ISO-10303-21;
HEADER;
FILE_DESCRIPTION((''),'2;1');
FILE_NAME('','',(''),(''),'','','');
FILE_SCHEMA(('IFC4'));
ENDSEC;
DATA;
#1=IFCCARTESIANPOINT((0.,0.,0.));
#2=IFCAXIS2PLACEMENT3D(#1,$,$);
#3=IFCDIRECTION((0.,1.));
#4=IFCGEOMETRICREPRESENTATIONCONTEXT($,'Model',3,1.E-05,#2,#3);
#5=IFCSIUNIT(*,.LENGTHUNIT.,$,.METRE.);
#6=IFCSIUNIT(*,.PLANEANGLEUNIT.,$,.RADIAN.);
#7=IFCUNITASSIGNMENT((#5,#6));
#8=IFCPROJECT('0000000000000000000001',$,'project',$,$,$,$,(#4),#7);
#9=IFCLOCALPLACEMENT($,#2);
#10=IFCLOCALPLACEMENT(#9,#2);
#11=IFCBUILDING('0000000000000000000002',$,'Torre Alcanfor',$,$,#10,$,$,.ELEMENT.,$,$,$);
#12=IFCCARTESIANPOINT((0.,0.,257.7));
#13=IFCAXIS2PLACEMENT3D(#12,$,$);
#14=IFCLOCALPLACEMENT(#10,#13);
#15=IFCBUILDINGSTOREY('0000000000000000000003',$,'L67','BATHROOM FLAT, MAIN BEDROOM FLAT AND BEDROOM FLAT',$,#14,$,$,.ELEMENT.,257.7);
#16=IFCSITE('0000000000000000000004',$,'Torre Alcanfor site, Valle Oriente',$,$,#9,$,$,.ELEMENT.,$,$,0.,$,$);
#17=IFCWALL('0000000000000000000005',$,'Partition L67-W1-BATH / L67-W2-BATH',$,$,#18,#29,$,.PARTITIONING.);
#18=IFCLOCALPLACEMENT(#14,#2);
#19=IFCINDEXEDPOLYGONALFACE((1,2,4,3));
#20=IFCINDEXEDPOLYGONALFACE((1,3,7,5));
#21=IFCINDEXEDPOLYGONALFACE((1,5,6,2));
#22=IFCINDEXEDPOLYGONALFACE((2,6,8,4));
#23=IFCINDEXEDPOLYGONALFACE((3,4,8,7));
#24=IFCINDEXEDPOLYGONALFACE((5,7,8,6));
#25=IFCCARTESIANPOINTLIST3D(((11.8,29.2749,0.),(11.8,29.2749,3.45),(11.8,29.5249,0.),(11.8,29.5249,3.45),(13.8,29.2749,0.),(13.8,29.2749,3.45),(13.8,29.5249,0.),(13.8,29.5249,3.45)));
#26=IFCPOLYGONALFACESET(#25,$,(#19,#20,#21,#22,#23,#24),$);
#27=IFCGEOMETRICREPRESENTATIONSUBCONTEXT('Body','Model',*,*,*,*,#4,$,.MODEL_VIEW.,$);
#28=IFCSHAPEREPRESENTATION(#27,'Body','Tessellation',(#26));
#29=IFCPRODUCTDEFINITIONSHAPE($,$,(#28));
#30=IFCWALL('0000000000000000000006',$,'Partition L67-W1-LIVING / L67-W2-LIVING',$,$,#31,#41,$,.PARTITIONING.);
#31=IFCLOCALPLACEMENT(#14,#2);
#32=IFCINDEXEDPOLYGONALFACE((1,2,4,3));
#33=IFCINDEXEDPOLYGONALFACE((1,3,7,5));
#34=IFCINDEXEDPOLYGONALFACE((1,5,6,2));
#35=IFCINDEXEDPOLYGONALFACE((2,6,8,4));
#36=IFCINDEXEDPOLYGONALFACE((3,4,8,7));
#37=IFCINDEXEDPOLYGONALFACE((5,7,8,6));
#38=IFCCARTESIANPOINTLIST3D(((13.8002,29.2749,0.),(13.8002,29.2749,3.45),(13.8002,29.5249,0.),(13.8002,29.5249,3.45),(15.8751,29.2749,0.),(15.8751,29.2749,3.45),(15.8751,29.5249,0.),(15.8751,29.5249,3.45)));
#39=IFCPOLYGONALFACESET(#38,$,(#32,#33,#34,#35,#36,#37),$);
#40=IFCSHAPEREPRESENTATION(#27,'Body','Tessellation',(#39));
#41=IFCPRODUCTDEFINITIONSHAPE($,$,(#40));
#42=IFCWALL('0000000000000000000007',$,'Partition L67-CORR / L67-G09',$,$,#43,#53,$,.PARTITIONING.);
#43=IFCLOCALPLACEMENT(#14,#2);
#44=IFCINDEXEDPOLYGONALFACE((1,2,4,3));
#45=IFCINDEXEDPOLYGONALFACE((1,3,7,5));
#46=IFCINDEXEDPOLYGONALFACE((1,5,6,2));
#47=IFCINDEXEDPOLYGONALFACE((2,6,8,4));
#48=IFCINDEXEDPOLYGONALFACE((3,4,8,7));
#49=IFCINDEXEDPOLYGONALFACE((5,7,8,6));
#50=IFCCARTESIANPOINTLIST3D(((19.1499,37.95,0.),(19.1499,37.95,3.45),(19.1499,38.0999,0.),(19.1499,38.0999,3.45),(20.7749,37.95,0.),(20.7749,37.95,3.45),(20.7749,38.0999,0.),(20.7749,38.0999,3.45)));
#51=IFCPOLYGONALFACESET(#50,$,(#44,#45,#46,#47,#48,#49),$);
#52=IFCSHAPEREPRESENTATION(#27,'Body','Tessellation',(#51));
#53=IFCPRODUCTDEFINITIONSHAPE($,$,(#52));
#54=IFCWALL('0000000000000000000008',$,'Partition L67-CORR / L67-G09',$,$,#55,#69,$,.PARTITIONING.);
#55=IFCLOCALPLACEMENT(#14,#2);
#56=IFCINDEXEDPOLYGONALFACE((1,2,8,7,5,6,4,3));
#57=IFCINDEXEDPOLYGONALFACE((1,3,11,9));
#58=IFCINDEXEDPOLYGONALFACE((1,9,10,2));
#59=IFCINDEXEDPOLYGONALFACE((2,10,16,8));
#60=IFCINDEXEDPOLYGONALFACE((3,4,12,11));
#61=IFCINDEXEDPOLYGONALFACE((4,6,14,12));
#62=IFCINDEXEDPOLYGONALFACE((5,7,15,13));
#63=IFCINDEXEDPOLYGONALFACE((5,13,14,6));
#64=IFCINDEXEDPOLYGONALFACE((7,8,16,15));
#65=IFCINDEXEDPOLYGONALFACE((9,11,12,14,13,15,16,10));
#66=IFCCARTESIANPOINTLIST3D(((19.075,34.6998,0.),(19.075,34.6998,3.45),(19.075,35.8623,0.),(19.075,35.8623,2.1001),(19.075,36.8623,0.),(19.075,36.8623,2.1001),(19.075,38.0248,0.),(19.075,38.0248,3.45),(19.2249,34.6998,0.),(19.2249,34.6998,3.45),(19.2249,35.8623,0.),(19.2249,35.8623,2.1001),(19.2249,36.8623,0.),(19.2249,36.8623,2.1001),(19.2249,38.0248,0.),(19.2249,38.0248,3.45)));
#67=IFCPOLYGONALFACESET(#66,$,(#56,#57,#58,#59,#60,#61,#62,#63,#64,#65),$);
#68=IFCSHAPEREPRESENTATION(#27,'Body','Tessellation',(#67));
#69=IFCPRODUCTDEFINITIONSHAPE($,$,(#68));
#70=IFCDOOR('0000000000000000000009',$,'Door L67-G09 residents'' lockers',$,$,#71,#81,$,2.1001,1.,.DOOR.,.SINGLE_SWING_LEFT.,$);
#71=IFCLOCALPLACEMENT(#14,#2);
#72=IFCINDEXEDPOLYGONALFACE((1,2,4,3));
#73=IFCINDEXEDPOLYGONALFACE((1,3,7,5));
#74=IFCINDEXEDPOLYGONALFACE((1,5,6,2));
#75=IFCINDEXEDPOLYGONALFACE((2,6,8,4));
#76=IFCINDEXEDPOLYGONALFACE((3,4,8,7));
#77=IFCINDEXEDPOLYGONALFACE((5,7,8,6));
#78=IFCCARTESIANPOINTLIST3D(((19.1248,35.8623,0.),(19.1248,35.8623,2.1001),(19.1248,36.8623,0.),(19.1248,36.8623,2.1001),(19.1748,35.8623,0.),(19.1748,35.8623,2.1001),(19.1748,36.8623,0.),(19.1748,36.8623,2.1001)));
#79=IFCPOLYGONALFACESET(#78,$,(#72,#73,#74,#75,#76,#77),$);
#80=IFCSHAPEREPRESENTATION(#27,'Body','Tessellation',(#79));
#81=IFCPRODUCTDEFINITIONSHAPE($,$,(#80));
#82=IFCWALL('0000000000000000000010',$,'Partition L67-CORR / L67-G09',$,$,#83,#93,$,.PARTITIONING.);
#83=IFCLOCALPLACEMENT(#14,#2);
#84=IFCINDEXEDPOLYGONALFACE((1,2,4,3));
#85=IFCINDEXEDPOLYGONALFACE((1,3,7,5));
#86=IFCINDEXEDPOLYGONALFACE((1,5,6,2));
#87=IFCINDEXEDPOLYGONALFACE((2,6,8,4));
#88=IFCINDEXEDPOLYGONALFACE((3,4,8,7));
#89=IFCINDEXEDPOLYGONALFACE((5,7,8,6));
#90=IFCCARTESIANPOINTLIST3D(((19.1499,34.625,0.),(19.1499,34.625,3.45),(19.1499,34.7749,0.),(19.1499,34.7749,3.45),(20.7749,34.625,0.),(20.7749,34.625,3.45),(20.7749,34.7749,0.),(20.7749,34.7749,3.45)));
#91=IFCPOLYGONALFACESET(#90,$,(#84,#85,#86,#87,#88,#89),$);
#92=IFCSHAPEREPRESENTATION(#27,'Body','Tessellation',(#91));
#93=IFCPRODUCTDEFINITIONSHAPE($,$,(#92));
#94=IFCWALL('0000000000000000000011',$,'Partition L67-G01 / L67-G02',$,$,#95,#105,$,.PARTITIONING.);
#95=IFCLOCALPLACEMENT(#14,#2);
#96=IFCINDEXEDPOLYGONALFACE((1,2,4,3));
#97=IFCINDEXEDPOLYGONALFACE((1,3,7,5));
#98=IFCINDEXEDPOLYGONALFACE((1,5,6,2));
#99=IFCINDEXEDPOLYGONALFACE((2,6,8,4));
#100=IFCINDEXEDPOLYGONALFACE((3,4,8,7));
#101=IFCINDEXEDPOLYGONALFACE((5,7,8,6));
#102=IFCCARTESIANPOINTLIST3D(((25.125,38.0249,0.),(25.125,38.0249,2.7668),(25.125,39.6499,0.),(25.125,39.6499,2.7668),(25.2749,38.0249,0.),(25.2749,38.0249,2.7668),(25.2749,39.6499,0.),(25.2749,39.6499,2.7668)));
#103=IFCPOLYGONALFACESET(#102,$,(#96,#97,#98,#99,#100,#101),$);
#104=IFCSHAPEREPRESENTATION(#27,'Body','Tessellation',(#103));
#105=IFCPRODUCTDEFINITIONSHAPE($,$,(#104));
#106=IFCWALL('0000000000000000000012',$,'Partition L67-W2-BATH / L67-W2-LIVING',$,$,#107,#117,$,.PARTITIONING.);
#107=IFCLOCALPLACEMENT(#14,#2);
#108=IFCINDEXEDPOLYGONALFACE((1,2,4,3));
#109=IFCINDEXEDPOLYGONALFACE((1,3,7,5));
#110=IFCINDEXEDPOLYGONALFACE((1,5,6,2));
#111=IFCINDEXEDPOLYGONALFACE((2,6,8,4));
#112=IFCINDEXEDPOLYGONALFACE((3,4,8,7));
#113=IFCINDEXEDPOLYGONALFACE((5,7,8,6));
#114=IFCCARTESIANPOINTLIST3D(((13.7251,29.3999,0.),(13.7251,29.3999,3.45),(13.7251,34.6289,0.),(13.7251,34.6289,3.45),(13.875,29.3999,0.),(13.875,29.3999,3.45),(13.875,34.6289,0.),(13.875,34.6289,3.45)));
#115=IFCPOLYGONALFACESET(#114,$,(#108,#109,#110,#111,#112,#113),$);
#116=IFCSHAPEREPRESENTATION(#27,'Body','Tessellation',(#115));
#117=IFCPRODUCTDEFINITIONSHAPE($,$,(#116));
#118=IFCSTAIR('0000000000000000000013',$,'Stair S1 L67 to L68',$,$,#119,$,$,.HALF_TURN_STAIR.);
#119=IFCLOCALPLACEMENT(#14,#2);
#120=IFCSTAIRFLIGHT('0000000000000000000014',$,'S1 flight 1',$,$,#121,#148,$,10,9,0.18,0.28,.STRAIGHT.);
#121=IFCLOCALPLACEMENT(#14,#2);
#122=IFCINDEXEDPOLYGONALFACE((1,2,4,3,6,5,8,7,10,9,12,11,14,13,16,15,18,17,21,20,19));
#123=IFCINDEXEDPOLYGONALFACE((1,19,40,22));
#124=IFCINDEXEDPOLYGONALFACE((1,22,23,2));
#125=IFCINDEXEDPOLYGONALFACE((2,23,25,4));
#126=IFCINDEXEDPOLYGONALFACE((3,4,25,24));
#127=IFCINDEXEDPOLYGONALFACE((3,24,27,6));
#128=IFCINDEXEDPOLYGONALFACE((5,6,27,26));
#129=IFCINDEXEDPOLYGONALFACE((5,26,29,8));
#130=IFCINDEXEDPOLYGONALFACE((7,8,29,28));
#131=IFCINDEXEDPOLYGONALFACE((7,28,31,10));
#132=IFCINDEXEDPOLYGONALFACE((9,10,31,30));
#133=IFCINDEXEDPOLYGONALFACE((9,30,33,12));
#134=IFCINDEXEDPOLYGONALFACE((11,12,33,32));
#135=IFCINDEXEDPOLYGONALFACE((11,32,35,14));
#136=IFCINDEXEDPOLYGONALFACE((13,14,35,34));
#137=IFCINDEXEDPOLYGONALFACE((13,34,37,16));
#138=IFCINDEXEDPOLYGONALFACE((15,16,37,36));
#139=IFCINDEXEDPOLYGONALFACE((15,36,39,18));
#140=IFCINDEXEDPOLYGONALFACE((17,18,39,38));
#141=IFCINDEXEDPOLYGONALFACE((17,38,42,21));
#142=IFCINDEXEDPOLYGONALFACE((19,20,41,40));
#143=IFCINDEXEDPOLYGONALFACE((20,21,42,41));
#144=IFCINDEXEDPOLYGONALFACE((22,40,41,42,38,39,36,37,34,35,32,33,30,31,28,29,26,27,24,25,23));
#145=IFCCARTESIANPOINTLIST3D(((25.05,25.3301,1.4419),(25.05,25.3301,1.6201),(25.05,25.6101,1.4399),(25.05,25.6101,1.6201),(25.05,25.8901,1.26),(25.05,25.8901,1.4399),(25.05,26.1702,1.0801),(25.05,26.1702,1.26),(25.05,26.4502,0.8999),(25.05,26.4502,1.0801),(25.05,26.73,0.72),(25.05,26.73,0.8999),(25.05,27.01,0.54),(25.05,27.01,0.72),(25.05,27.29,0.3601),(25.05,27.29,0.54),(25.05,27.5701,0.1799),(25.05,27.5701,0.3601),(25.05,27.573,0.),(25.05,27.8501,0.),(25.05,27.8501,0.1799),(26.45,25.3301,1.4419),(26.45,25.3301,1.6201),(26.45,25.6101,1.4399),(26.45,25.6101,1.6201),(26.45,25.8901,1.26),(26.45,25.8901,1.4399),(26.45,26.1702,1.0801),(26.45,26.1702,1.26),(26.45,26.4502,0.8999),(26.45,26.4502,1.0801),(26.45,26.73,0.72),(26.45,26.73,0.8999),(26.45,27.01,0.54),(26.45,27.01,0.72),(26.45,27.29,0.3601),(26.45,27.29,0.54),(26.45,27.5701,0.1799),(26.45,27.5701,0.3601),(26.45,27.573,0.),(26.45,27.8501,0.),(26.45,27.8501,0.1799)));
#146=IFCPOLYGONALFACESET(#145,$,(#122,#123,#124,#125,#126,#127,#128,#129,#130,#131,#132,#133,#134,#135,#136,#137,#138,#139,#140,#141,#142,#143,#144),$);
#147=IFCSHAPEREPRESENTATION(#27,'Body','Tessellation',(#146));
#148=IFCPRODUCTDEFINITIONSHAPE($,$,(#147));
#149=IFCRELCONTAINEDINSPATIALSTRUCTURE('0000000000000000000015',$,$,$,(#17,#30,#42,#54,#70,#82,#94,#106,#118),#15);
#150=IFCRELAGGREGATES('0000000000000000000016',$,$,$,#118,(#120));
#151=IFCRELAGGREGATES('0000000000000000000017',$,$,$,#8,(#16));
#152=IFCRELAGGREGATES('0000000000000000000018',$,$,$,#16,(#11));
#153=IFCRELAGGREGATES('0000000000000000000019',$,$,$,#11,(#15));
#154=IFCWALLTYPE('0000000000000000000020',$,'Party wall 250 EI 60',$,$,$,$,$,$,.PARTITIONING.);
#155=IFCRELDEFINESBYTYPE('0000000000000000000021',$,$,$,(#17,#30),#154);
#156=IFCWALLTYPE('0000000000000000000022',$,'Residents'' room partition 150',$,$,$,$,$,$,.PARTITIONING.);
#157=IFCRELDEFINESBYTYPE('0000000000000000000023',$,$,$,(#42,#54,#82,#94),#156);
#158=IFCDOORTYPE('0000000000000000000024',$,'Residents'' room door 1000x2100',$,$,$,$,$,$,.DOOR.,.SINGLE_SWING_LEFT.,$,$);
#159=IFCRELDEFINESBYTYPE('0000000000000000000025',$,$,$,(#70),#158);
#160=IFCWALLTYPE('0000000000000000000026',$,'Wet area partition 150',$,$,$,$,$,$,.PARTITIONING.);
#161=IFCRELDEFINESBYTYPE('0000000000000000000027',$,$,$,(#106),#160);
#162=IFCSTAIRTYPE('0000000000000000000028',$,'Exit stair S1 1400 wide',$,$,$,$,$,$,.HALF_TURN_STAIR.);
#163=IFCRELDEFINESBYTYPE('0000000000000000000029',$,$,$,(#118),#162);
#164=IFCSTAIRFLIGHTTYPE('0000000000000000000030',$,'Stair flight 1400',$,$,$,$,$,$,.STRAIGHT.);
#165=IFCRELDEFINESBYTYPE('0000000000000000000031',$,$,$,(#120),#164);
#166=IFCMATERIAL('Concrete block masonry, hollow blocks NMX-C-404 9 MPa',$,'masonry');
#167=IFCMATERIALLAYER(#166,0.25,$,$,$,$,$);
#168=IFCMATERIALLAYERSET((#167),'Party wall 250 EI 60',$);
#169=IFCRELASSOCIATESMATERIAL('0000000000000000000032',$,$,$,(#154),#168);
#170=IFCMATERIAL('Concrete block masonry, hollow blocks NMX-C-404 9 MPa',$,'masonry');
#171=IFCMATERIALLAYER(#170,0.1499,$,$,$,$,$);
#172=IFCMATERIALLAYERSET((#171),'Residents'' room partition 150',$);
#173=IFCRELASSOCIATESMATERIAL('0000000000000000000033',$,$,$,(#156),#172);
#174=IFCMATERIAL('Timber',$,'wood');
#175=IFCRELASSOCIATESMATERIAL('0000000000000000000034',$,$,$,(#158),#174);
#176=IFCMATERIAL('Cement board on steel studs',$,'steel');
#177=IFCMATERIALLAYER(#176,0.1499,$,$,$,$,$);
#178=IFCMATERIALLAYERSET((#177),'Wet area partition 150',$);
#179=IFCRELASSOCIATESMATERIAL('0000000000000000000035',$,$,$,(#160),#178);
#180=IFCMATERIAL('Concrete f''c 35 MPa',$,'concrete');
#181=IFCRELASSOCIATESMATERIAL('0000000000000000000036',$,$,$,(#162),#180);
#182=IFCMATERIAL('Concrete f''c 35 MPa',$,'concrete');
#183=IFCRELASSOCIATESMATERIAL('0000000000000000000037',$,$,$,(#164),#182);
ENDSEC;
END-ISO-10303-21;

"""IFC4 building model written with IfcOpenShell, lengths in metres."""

from ifc_helpers import new_model, si_unit, direction, frame, frame_2d, origin, place, context, subcontext, project, spatial, polyline, rectangle, outline, extrude, material, layer, layer_set, type_object, element, fill, aggregate, save


model = new_model("IFC4")

# Units and contexts
model_context = context("Model", 3, precision=1e-05, world=origin(), true_north=direction((0.0, 1.0)))
body_context = subcontext(model_context, "Body", "Model", "MODEL_VIEW")
ifc_project = project(units=[si_unit("LENGTHUNIT", "METRE"), si_unit("PLANEANGLEUNIT", "RADIAN")], contexts=[model_context])

# Site, building, storey
site_placement = place(None, origin())
site = spatial("IfcSite", under=ifc_project, at=site_placement, Name="Torre Alcanfor site, Valle Oriente", CompositionType="ELEMENT", RefElevation=0.0)
building_placement = place(site_placement, origin())
building = spatial("IfcBuilding", under=site, at=building_placement, Name="Torre Alcanfor", CompositionType="ELEMENT")
storey_placement = place(building_placement, frame((0.0, 0.0, 257.7)))
storey = spatial("IfcBuildingStorey", under=building, at=storey_placement, Name="L67", Description="BATHROOM FLAT, MAIN BEDROOM FLAT AND BEDROOM FLAT", CompositionType="ELEMENT", Elevation=257.7)

# Walls
ifc_material_1 = material(Name="Concrete block masonry, hollow blocks NMX-C-404 9 MPa", Category="masonry")
ifc_layer_1 = layer(ifc_material_1, 0.25)
ifc_layer_set_1 = layer_set([ifc_layer_1], Name="Party wall 250 EI 60")
wall_type_1 = type_object("IfcWallType", Name="Party wall 250 EI 60", PredefinedType="PARTITIONING", material=ifc_layer_set_1)
wall_1_placement = place(storey_placement, frame((13.8, 29.3999, 0.0), z_axis=(0.0, 0.0, 1.0), x_axis=(-1.0, 0.0, 0.0)))
element("IfcWall", 1, at=wall_1_placement, inside=storey, type_object=wall_type_1, Name="Partition L67-W1-BATH / L67-W2-BATH", PredefinedType="PARTITIONING", context=body_context, shape_type="SweptSolid", body=[
    extrude(rectangle(XDim=2.0, YDim=0.25, at=frame_2d((1.0, 0.0))), origin(), (0.0, 0.0, 1.0), 3.45),
])
wall_2_placement = place(storey_placement, frame((13.8, 29.3999, 0.0), z_axis=(0.0, 0.0, 1.0), x_axis=(1.0, 0.0, 0.0)))
element("IfcWall", 2, at=wall_2_placement, inside=storey, type_object=wall_type_1, Name="Partition L67-W1-LIVING / L67-W2-LIVING", PredefinedType="PARTITIONING", context=body_context, shape_type="SweptSolid", body=[
    extrude(rectangle(XDim=2.075, YDim=0.25, at=frame_2d((1.0376, 0.0))), origin(), (0.0, 0.0, 1.0), 3.45),
])
ifc_material_2 = material(Name="Concrete block masonry, hollow blocks NMX-C-404 9 MPa", Category="masonry")
ifc_layer_2 = layer(ifc_material_2, 0.1499)
ifc_layer_set_2 = layer_set([ifc_layer_2], Name="Residents' room partition 150")
wall_type_2 = type_object("IfcWallType", Name="Residents' room partition 150", PredefinedType="PARTITIONING", material=ifc_layer_set_2)
wall_3_placement = place(storey_placement, frame((20.7749, 38.0249, 0.0), z_axis=(0.0, 0.0, 1.0), x_axis=(-1.0, 0.0, 0.0)))
element("IfcWall", 3, at=wall_3_placement, inside=storey, type_object=wall_type_2, Name="Partition L67-CORR / L67-G09", PredefinedType="PARTITIONING", context=body_context, shape_type="SweptSolid", body=[
    extrude(rectangle(XDim=1.625, YDim=0.1499, at=frame_2d((0.8125, 0.0))), origin(), (0.0, 0.0, 1.0), 3.45),
])

# Wall, opening, door
wall_4_placement = place(storey_placement, frame((19.1499, 38.0249, 0.0), z_axis=(0.0, 0.0, 1.0), x_axis=(0.0, -1.0, 0.0)))
wall_4 = element("IfcWall", 4, at=wall_4_placement, inside=storey, type_object=wall_type_2, Name="Partition L67-CORR / L67-G09", PredefinedType="PARTITIONING", context=body_context, shape_type="SweptSolid", body=[
    extrude(rectangle(XDim=3.325, YDim=0.1499, at=frame_2d((1.6626, 0.0))), origin(), (0.0, 0.0, 1.0), 3.45),
])
opening_1_placement = place(wall_4_placement, frame((1.1626, 0.0, 0.0)))
opening_1 = element("IfcOpeningElement", 5, at=opening_1_placement, cuts=wall_4, PredefinedType="OPENING", context=body_context, shape_type="SweptSolid", body=[
    extrude(rectangle(XDim=1.0, YDim=2.1001, at=frame_2d((0.5, 1.05))), frame((0.0, 0.085, 0.0), z_axis=(0.0, -1.0, 0.0), x_axis=(1.0, 0.0, 0.0)), (0.0, 0.0, 1.0), 0.1699),
])
ifc_material_3 = material(Name="Timber", Category="wood")
door_type_1 = type_object("IfcDoorType", Name="Residents' room door 1000x2100", OperationType="SINGLE_SWING_LEFT", PredefinedType="DOOR", material=ifc_material_3)
door_1_placement = place(opening_1_placement, origin())
door_1 = element("IfcDoor", 6, at=door_1_placement, inside=storey, type_object=door_type_1, Name="Door L67-G09 residents' lockers", OperationType="SINGLE_SWING_LEFT", OverallHeight=2.1001, OverallWidth=1.0, PredefinedType="DOOR", context=body_context, shape_type="SweptSolid", body=[
    extrude(rectangle(XDim=1.0, YDim=2.1001, at=frame_2d((0.5, 1.05))), frame((0.0, 0.0249, 0.0), z_axis=(0.0, -1.0, 0.0), x_axis=(1.0, 0.0, 0.0)), (0.0, 0.0, 1.0), 0.05),
])
fill(opening_1, door_1)

# Walls
wall_5_placement = place(storey_placement, frame((19.1499, 34.7, 0.0), z_axis=(0.0, 0.0, 1.0), x_axis=(1.0, 0.0, 0.0)))
element("IfcWall", 7, at=wall_5_placement, inside=storey, type_object=wall_type_2, Name="Partition L67-CORR / L67-G09", PredefinedType="PARTITIONING", context=body_context, shape_type="SweptSolid", body=[
    extrude(rectangle(XDim=1.625, YDim=0.1499, at=frame_2d((0.8125, 0.0))), origin(), (0.0, 0.0, 1.0), 3.45),
])
wall_6_placement = place(storey_placement, frame((25.2, 38.0249, 0.0), z_axis=(0.0, 0.0, 1.0), x_axis=(0.0, 1.0, 0.0)))
element("IfcWall", 8, at=wall_6_placement, inside=storey, type_object=wall_type_2, Name="Partition L67-G01 / L67-G02", PredefinedType="PARTITIONING", context=body_context, shape_type="SweptSolid", body=[
    extrude(rectangle(XDim=1.625, YDim=0.1499, at=frame_2d((0.8125, 0.0))), origin(), (0.0, 0.0, 1.0), 2.7668),
])
ifc_material_4 = material(Name="Cement board on steel studs", Category="steel")
ifc_layer_3 = layer(ifc_material_4, 0.1499)
ifc_layer_set_3 = layer_set([ifc_layer_3], Name="Wet area partition 150")
wall_type_3 = type_object("IfcWallType", Name="Wet area partition 150", PredefinedType="PARTITIONING", material=ifc_layer_set_3)
wall_7_placement = place(storey_placement, frame((13.8, 34.6289, 0.0), z_axis=(0.0, 0.0, 1.0), x_axis=(0.0, -1.0, 0.0)))
element("IfcWall", 9, at=wall_7_placement, inside=storey, type_object=wall_type_3, Name="Partition L67-W2-BATH / L67-W2-LIVING", PredefinedType="PARTITIONING", context=body_context, shape_type="SweptSolid", body=[
    extrude(rectangle(XDim=5.229, YDim=0.1499, at=frame_2d((2.6145, 0.0))), origin(), (0.0, 0.0, 1.0), 3.45),
])

# Stair, stair flight
ifc_material_5 = material(Name="Concrete f'c 35 MPa", Category="concrete")
stair_type = type_object("IfcStairType", Name="Exit stair S1 1400 wide", PredefinedType="HALF_TURN_STAIR", material=ifc_material_5)
stair_placement = place(storey_placement, origin())
stair = element("IfcStair", 10, at=stair_placement, inside=storey, type_object=stair_type, Name="Stair S1 L67 to L68", PredefinedType="HALF_TURN_STAIR")
ifc_material_6 = material(Name="Concrete f'c 35 MPa", Category="concrete")
stair_flight_type = type_object("IfcStairFlightType", Name="Stair flight 1400", PredefinedType="STRAIGHT", material=ifc_material_6)
stair_flight_placement = place(storey_placement, frame((25.75, 27.8501, 0.0), z_axis=(0.0, 0.0, 1.0), x_axis=(0.0, -1.0, 0.0)))
stair_flight = element("IfcStairFlight", 11, at=stair_flight_placement, type_object=stair_flight_type, Name="S1 flight 1", NumberOfRisers=10, NumberOfTreads=9, PredefinedType="STRAIGHT", RiserHeight=0.18, TreadLength=0.28, context=body_context, shape_type="SweptSolid", body=[
    extrude(outline(polyline([(0.0, 0.0), (0.0, 0.1799), (0.28, 0.1799), (0.28, 0.3601), (0.5601, 0.3601), (0.5601, 0.54), (0.8401, 0.54), (0.8401, 0.72), (1.1201, 0.72), (1.1201, 0.8999), (1.3999, 0.8999), (1.3999, 1.0801), (1.6799, 1.0801), (1.6799, 1.26), (1.96, 1.26), (1.96, 1.4399), (2.24, 1.4399), (2.24, 1.6201), (2.52, 1.6201), (2.52, 1.8), (2.52, 1.4419), (0.2771, 0.0), (0.0, 0.0)])), frame((0.0, 0.7, 0.0), z_axis=(0.0, -1.0, 0.0), x_axis=(1.0, 0.0, 0.0)), (0.0, 0.0, 1.0), 1.3999),
])
aggregate(stair, [stair_flight])

save(model, "model.ifc")
